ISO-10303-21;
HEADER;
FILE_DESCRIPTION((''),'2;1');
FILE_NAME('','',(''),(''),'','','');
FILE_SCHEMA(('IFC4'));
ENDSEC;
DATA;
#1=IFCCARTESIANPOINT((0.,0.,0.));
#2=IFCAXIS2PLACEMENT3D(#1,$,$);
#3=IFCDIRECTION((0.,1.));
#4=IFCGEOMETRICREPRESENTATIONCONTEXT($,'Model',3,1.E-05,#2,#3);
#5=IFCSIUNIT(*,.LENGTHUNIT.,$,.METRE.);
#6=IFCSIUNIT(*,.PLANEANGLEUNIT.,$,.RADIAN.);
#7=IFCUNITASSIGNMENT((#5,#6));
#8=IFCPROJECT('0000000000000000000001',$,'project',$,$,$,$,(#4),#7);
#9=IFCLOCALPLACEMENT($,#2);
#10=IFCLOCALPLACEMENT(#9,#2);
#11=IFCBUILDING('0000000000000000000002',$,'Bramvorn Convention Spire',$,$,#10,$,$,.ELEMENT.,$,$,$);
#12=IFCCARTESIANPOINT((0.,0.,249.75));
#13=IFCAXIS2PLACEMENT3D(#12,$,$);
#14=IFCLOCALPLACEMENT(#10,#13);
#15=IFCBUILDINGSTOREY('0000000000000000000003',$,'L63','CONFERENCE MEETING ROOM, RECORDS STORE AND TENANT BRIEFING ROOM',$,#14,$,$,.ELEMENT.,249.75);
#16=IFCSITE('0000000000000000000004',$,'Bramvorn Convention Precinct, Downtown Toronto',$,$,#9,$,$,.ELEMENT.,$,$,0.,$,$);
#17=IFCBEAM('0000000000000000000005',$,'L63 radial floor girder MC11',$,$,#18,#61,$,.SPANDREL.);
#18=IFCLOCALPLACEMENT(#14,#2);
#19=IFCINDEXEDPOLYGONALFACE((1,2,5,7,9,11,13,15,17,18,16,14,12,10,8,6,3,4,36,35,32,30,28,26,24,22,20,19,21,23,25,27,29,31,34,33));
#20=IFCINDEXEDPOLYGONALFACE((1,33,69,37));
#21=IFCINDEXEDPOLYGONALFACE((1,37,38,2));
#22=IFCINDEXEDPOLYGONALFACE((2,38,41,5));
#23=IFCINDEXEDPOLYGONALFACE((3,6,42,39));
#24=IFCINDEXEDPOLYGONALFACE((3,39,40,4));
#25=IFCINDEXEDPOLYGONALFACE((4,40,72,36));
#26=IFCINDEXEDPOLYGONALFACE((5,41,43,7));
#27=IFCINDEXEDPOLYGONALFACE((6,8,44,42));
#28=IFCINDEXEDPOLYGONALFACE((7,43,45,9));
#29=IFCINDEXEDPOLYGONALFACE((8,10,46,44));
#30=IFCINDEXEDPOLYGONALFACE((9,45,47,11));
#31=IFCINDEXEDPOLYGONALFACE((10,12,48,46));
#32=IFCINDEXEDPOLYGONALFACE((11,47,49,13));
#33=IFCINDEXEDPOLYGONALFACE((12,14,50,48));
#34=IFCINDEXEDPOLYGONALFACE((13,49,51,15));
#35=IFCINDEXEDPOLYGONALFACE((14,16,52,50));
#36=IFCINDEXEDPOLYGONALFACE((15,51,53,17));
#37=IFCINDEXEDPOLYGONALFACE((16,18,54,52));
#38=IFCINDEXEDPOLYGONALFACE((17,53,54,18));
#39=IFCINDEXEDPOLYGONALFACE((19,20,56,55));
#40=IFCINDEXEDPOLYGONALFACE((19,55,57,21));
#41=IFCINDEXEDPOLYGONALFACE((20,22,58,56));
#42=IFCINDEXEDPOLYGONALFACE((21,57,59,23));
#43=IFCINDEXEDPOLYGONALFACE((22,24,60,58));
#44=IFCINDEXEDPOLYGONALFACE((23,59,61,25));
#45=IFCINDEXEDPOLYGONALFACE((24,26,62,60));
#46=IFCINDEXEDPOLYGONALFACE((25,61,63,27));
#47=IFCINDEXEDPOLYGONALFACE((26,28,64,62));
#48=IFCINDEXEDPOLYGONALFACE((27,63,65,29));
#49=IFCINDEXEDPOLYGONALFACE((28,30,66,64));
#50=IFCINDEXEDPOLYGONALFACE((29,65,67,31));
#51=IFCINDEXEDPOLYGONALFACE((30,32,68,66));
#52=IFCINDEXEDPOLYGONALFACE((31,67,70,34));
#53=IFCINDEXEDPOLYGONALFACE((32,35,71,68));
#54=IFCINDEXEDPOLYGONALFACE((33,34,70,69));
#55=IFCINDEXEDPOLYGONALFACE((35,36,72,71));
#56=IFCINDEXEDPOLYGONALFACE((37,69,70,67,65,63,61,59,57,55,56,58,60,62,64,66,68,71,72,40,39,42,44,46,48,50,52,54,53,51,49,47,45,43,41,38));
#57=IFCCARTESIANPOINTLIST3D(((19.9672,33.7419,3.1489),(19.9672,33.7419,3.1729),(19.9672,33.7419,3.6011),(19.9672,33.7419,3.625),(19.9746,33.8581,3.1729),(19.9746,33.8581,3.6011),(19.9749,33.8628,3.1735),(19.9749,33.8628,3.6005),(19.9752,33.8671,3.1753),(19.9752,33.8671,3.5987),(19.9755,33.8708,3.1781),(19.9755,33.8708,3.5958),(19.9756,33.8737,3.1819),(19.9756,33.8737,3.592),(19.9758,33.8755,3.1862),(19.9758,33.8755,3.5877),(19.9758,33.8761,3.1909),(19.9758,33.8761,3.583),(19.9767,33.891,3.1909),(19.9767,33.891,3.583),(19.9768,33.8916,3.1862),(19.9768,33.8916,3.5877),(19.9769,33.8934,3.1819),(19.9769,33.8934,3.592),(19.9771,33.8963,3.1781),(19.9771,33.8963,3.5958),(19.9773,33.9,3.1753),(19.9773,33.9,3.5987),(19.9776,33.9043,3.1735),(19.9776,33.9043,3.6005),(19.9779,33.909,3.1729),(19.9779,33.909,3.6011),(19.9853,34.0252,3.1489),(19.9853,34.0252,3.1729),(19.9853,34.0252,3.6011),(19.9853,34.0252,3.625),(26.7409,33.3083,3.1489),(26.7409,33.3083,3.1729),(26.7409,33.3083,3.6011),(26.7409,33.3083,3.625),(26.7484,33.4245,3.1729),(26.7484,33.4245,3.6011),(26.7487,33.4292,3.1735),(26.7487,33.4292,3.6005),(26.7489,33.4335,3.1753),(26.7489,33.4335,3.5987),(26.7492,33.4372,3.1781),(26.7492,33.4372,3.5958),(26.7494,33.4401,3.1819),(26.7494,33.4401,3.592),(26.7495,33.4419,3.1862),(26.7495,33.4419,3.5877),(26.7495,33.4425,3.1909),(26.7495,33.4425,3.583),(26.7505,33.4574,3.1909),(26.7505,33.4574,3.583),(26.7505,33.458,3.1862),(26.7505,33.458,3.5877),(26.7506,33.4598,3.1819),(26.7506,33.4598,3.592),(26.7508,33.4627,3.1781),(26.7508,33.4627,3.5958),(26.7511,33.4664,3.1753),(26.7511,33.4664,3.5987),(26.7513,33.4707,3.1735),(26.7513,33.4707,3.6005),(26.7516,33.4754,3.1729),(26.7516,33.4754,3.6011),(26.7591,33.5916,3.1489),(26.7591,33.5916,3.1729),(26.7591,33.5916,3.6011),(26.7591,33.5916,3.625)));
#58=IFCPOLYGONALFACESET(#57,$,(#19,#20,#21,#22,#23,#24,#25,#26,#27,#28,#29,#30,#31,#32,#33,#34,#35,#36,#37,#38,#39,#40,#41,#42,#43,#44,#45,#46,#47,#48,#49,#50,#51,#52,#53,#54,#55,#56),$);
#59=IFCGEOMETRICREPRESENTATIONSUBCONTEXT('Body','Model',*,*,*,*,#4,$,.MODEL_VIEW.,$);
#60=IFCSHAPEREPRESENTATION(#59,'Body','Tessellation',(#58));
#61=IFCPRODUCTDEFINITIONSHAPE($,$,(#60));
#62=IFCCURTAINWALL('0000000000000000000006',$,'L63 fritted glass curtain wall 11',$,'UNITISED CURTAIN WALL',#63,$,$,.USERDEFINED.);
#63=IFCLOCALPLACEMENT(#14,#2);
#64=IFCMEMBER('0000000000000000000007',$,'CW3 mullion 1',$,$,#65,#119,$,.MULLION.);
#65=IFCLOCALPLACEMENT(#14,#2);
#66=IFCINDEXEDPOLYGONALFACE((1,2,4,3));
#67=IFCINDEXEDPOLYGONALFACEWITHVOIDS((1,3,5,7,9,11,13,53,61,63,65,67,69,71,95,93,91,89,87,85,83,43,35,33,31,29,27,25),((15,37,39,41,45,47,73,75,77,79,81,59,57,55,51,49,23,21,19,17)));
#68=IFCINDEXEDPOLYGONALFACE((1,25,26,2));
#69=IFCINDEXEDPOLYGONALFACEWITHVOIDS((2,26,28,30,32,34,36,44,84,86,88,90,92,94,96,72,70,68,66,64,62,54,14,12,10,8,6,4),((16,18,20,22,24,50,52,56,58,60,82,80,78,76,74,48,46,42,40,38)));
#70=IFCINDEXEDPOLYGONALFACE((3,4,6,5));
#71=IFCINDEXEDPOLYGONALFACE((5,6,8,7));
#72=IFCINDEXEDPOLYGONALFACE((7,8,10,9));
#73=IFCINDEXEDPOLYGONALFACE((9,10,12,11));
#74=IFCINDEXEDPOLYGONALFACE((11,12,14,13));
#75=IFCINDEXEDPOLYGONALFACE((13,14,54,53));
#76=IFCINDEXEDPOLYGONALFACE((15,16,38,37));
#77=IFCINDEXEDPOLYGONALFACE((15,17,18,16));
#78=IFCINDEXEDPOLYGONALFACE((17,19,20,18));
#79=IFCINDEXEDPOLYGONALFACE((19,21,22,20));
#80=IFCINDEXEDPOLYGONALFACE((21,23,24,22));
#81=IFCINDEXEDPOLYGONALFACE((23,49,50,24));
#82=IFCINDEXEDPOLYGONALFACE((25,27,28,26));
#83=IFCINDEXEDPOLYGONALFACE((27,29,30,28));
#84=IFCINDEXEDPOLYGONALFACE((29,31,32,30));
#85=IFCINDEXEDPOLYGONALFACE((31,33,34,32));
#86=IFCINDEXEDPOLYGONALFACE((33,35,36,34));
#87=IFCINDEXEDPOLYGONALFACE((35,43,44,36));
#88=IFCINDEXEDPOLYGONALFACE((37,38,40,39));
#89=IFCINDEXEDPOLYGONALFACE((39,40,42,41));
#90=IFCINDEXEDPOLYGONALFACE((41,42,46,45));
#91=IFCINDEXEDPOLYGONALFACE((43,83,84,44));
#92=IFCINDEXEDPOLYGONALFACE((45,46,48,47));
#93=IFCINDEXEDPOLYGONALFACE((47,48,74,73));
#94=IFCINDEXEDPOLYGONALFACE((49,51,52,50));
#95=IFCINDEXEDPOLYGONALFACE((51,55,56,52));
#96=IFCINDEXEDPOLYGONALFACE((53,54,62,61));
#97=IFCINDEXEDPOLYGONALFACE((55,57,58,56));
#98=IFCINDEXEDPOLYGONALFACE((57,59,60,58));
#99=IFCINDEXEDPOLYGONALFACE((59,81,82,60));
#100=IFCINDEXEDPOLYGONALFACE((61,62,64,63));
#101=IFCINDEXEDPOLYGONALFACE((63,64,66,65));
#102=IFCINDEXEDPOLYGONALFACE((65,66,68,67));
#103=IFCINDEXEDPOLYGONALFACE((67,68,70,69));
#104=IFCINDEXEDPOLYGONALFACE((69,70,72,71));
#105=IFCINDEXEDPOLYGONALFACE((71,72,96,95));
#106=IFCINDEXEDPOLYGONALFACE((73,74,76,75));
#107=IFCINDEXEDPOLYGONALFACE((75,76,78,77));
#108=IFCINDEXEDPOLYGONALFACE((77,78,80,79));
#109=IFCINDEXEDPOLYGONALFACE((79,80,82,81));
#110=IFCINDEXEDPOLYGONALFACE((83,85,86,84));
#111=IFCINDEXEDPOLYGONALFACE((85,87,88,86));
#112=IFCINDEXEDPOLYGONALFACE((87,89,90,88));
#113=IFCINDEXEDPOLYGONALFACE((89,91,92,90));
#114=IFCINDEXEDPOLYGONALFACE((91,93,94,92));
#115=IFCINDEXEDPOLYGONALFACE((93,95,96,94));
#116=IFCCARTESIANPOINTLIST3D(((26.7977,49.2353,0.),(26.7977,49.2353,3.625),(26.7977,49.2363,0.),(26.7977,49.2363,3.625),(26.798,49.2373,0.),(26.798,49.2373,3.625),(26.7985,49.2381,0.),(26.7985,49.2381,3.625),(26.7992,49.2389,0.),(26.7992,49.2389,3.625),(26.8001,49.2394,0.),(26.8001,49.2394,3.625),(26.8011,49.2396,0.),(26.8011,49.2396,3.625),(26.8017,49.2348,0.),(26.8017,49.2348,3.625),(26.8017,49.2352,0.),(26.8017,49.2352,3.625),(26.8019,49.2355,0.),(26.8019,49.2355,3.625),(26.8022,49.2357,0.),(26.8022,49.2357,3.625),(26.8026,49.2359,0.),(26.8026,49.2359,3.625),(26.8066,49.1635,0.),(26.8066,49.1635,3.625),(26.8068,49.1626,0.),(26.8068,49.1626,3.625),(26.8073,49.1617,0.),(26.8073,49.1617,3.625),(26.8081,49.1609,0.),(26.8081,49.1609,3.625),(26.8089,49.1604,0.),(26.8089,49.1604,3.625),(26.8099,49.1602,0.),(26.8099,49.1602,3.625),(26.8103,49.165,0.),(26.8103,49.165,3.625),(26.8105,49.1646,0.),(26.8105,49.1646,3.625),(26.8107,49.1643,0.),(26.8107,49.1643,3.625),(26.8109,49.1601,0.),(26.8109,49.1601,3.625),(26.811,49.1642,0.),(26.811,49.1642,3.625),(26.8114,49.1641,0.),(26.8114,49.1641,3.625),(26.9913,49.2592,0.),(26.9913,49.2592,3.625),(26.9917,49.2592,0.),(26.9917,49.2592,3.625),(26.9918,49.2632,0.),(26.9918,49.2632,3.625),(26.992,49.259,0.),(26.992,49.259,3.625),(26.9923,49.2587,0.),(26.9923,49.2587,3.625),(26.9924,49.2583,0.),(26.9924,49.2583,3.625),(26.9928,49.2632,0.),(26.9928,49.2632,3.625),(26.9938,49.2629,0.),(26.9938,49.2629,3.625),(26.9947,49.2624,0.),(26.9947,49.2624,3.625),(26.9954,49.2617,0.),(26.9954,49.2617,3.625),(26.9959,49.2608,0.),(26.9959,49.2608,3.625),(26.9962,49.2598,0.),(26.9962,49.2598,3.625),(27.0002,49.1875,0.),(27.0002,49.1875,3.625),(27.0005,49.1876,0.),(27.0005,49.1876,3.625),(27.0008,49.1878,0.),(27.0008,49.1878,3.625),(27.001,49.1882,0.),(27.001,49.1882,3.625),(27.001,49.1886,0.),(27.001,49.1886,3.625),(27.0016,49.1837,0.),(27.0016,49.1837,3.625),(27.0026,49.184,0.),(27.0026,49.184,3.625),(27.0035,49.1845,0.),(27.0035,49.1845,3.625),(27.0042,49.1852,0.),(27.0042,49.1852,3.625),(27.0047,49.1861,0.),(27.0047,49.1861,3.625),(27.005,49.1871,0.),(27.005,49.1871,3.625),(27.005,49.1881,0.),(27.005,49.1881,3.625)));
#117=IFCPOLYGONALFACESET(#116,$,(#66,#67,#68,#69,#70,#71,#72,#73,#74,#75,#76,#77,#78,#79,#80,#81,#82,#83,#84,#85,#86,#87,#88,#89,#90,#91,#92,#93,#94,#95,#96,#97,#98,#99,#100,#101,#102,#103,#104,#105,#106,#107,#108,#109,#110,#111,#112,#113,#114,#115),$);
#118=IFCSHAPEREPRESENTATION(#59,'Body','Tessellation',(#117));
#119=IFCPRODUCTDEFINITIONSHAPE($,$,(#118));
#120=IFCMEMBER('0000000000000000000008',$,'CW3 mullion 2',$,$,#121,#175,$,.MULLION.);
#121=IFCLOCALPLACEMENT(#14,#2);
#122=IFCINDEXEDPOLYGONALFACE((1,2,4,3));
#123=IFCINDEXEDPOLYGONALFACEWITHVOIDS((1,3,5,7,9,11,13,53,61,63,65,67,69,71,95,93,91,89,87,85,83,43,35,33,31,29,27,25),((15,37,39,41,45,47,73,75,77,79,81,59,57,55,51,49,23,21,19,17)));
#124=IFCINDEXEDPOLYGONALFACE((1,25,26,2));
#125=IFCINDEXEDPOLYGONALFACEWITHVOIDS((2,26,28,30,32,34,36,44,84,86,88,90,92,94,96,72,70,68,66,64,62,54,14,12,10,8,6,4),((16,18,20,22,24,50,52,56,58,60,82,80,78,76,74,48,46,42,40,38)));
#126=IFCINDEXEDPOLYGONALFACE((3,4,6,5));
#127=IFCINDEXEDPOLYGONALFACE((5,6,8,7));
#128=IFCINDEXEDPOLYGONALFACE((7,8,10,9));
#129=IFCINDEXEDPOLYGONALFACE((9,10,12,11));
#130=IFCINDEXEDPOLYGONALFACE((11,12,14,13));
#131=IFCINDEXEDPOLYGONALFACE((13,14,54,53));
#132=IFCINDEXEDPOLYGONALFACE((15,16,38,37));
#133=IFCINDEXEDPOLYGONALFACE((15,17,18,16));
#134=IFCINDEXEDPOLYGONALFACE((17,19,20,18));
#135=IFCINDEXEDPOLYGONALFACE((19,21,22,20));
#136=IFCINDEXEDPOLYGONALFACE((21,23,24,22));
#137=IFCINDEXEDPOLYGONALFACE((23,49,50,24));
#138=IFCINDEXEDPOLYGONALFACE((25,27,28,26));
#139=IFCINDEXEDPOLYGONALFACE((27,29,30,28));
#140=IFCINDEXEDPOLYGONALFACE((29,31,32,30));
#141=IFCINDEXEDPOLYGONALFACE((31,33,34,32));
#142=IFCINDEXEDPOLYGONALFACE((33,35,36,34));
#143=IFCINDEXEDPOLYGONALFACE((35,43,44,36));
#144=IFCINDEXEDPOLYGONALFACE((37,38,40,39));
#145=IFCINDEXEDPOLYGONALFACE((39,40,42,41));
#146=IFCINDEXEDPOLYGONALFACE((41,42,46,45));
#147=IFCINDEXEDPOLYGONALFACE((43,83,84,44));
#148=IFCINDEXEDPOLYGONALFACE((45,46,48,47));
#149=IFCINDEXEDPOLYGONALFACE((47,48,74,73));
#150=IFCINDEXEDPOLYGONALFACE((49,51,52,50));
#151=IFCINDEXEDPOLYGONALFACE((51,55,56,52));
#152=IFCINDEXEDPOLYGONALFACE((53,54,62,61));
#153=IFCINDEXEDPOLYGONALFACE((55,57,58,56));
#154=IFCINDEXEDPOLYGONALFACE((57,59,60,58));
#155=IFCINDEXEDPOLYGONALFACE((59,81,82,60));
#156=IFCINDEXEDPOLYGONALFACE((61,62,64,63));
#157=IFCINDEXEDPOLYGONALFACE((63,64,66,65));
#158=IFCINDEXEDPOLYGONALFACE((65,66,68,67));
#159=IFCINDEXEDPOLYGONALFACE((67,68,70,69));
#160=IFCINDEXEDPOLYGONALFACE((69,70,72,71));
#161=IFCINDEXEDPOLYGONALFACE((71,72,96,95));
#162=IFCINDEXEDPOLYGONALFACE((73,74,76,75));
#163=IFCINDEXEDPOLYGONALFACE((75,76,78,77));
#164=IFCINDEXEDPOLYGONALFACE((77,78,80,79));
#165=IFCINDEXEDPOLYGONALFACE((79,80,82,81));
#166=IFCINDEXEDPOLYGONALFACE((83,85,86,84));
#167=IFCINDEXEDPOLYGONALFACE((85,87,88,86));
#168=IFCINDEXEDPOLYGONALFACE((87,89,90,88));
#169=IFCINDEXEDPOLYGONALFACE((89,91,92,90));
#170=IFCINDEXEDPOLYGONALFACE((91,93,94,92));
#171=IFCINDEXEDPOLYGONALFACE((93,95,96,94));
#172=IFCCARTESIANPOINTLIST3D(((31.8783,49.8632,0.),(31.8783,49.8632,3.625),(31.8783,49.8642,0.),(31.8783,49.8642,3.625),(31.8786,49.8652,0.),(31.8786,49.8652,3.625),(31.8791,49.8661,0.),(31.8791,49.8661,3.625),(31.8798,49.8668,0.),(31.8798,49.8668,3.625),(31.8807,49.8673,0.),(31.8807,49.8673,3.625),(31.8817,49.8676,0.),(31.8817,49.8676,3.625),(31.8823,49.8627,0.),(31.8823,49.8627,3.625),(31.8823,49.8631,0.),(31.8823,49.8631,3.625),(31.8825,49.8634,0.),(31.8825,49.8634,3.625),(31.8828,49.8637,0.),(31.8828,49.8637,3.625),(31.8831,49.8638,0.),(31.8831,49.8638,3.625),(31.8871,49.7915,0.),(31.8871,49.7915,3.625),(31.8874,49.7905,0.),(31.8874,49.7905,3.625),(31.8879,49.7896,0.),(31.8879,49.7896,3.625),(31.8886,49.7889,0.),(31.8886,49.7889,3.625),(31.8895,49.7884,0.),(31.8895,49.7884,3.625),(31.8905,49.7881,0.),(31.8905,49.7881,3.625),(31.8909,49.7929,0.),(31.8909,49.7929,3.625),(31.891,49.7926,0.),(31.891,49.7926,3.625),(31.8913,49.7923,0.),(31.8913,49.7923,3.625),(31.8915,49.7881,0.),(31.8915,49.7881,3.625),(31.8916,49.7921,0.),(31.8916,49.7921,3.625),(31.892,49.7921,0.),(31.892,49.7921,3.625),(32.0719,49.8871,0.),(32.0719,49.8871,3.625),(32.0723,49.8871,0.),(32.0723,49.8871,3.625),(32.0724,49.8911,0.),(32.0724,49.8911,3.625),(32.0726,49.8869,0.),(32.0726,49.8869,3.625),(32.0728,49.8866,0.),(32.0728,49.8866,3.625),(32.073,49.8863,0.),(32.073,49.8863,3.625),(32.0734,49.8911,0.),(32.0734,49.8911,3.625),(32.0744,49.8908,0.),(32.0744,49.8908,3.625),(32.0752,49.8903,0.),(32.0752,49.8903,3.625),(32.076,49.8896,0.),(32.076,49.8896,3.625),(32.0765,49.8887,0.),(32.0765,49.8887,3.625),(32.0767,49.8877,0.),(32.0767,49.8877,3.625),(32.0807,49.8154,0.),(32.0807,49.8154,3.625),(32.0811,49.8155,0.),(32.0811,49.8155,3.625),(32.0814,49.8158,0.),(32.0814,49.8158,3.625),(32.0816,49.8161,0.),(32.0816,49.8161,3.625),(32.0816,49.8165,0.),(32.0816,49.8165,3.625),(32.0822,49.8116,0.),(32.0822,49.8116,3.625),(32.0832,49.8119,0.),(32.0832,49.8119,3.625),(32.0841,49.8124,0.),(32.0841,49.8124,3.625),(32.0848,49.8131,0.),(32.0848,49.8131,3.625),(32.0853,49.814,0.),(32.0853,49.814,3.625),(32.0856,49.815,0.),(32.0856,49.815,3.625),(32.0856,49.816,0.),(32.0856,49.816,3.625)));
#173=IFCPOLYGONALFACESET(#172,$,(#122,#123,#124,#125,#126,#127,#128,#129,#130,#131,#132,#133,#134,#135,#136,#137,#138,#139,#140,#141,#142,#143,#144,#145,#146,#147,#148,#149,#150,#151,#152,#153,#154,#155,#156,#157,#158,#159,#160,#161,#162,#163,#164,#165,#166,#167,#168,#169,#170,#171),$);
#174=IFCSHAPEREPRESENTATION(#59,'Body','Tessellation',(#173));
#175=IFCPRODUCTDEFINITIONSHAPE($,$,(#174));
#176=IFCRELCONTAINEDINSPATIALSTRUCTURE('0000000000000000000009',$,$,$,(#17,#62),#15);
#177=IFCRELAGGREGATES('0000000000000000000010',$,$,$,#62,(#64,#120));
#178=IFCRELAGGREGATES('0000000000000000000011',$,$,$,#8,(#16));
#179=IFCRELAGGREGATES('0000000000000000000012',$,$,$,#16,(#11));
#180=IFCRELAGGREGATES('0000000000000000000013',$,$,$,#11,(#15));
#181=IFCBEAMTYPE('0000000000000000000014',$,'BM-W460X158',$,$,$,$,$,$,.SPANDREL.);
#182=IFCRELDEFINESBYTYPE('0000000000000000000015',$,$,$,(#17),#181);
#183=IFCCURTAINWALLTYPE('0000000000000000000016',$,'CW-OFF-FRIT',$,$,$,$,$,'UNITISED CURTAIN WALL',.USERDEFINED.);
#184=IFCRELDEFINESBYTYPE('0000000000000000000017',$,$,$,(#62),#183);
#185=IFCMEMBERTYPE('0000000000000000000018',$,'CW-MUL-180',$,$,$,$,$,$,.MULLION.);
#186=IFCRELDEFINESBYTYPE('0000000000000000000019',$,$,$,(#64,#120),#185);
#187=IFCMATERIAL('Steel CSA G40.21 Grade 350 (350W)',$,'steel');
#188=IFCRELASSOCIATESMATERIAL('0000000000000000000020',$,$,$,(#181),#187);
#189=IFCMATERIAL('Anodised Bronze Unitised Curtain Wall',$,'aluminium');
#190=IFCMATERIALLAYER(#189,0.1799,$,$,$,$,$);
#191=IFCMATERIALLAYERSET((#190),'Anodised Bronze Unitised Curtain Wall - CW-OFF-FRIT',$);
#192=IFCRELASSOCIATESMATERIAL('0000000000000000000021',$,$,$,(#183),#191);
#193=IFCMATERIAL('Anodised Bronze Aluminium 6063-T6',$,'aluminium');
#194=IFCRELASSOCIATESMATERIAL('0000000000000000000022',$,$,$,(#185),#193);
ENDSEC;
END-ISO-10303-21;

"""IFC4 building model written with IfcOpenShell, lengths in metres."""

from ifc_helpers import new_model, si_unit, direction, frame, origin, origin_2d, place, context, subcontext, project, spatial, hollow_rectangle, i_section, extrude, material, layer, layer_set, material_profile, profile_set, type_object, element, aggregate, save


model = new_model("IFC4")

# Units and contexts
model_context = context("Model", 3, precision=1e-05, world=origin(), true_north=direction((0.0, 1.0)))
body_context = subcontext(model_context, "Body", "Model", "MODEL_VIEW")
ifc_project = project(units=[si_unit("LENGTHUNIT", "METRE"), si_unit("PLANEANGLEUNIT", "RADIAN")], contexts=[model_context])

# Site, building, storey
site_placement = place(None, origin())
site = spatial("IfcSite", under=ifc_project, at=site_placement, Name="Bramvorn Convention Precinct, Downtown Toronto", CompositionType="ELEMENT", RefElevation=0.0)
building_placement = place(site_placement, origin())
building = spatial("IfcBuilding", under=site, at=building_placement, Name="Bramvorn Convention Spire", CompositionType="ELEMENT")
storey_placement = place(building_placement, frame((0.0, 0.0, 249.75)))
storey = spatial("IfcBuildingStorey", under=building, at=storey_placement, Name="L63", Description="CONFERENCE MEETING ROOM, RECORDS STORE AND TENANT BRIEFING ROOM", CompositionType="ELEMENT", Elevation=249.75)

# Shared definitions
ifc_material_1 = material(Name="Steel CSA G40.21 Grade 350 (350W)", Category="steel")

# Beam
ifc_material_profile_1 = material_profile(ifc_material_1, i_section(OverallWidth=0.2839, OverallDepth=0.4761, WebThickness=0.0149, FlangeThickness=0.0239, FilletRadius=0.0181, at=origin_2d()))
ifc_profile_set_1 = profile_set([ifc_material_profile_1], Name="Steel CSA G40.21 Grade 350 (350W) - W460X158")
beam_type_1 = type_object("IfcBeamType", Name="BM-W460X158", PredefinedType="SPANDREL", material=ifc_profile_set_1)
beam_1_placement = place(storey_placement, frame((26.75, 33.45, 3.387), z_axis=(-0.997958, 0.063881, 0.0), x_axis=(-0.063881, -0.997958, 0.0)))
element("IfcBeam", 1, at=beam_1_placement, inside=storey, type_object=beam_type_1, Name="L63 radial floor girder MC11", PredefinedType="SPANDREL", context=body_context, shape_type="SweptSolid", body=[
    extrude(i_section(OverallWidth=0.2839, OverallDepth=0.4761, WebThickness=0.0149, FlangeThickness=0.0239, FilletRadius=0.0181, at=origin_2d()), origin(), (0.0, 0.0, 1.0), 6.7876),
])

# Curtain wall, members
ifc_material_2 = material(Name="Anodised Bronze Unitised Curtain Wall", Category="aluminium")
ifc_layer_1 = layer(ifc_material_2, 0.1799)
ifc_layer_set_1 = layer_set([ifc_layer_1], Name="Anodised Bronze Unitised Curtain Wall - CW-OFF-FRIT")
curtain_wall_type = type_object("IfcCurtainWallType", Name="CW-OFF-FRIT", ElementType="UNITISED CURTAIN WALL", PredefinedType="USERDEFINED", material=ifc_layer_set_1)
curtain_wall_1_placement = place(storey_placement, origin())
curtain_wall_1 = element("IfcCurtainWall", 2, at=curtain_wall_1_placement, inside=storey, type_object=curtain_wall_type, Name="L63 fritted glass curtain wall 11", ObjectType="UNITISED CURTAIN WALL", PredefinedType="USERDEFINED")
ifc_material_3 = material(Name="Anodised Bronze Aluminium 6063-T6", Category="aluminium")
ifc_material_profile_2 = material_profile(ifc_material_3, hollow_rectangle(XDim=0.0801, YDim=0.2, WallThickness=0.0039, InnerFilletRadius=0.001, OuterFilletRadius=0.0039, at=origin_2d()))
ifc_profile_set_2 = profile_set([ifc_material_profile_2], Name="Anodised Bronze Aluminium 6063-T6 - CWM80X200")
member_type_1 = type_object("IfcMemberType", Name="CW-MUL-180", PredefinedType="MULLION", material=ifc_profile_set_2)
member_1_placement = place(storey_placement, frame((26.9014, 49.2117, 0.0), z_axis=(0.0, 0.0, 1.0), x_axis=(-0.122663, 0.992448, 0.0)))
member_1 = element("IfcMember", 3, at=member_1_placement, type_object=member_type_1, Name="CW3 mullion 1", PredefinedType="MULLION", context=body_context, shape_type="SweptSolid", body=[
    extrude(hollow_rectangle(XDim=0.0801, YDim=0.2, WallThickness=0.0039, InnerFilletRadius=0.001, OuterFilletRadius=0.0039, at=origin_2d()), origin(), (0.0, 0.0, 1.0), 3.625),
])
member_2_placement = place(storey_placement, frame((31.9819, 49.8396, 0.0), z_axis=(0.0, 0.0, 1.0), x_axis=(-0.122663, 0.992448, 0.0)))
member_2 = element("IfcMember", 4, at=member_2_placement, type_object=member_type_1, Name="CW3 mullion 2", PredefinedType="MULLION", context=body_context, shape_type="SweptSolid", body=[
    extrude(hollow_rectangle(XDim=0.0801, YDim=0.2, WallThickness=0.0039, InnerFilletRadius=0.001, OuterFilletRadius=0.0039, at=origin_2d()), origin(), (0.0, 0.0, 1.0), 3.625),
])

aggregate(curtain_wall_1, [member_1, member_2])

save(model, "model.ifc")
